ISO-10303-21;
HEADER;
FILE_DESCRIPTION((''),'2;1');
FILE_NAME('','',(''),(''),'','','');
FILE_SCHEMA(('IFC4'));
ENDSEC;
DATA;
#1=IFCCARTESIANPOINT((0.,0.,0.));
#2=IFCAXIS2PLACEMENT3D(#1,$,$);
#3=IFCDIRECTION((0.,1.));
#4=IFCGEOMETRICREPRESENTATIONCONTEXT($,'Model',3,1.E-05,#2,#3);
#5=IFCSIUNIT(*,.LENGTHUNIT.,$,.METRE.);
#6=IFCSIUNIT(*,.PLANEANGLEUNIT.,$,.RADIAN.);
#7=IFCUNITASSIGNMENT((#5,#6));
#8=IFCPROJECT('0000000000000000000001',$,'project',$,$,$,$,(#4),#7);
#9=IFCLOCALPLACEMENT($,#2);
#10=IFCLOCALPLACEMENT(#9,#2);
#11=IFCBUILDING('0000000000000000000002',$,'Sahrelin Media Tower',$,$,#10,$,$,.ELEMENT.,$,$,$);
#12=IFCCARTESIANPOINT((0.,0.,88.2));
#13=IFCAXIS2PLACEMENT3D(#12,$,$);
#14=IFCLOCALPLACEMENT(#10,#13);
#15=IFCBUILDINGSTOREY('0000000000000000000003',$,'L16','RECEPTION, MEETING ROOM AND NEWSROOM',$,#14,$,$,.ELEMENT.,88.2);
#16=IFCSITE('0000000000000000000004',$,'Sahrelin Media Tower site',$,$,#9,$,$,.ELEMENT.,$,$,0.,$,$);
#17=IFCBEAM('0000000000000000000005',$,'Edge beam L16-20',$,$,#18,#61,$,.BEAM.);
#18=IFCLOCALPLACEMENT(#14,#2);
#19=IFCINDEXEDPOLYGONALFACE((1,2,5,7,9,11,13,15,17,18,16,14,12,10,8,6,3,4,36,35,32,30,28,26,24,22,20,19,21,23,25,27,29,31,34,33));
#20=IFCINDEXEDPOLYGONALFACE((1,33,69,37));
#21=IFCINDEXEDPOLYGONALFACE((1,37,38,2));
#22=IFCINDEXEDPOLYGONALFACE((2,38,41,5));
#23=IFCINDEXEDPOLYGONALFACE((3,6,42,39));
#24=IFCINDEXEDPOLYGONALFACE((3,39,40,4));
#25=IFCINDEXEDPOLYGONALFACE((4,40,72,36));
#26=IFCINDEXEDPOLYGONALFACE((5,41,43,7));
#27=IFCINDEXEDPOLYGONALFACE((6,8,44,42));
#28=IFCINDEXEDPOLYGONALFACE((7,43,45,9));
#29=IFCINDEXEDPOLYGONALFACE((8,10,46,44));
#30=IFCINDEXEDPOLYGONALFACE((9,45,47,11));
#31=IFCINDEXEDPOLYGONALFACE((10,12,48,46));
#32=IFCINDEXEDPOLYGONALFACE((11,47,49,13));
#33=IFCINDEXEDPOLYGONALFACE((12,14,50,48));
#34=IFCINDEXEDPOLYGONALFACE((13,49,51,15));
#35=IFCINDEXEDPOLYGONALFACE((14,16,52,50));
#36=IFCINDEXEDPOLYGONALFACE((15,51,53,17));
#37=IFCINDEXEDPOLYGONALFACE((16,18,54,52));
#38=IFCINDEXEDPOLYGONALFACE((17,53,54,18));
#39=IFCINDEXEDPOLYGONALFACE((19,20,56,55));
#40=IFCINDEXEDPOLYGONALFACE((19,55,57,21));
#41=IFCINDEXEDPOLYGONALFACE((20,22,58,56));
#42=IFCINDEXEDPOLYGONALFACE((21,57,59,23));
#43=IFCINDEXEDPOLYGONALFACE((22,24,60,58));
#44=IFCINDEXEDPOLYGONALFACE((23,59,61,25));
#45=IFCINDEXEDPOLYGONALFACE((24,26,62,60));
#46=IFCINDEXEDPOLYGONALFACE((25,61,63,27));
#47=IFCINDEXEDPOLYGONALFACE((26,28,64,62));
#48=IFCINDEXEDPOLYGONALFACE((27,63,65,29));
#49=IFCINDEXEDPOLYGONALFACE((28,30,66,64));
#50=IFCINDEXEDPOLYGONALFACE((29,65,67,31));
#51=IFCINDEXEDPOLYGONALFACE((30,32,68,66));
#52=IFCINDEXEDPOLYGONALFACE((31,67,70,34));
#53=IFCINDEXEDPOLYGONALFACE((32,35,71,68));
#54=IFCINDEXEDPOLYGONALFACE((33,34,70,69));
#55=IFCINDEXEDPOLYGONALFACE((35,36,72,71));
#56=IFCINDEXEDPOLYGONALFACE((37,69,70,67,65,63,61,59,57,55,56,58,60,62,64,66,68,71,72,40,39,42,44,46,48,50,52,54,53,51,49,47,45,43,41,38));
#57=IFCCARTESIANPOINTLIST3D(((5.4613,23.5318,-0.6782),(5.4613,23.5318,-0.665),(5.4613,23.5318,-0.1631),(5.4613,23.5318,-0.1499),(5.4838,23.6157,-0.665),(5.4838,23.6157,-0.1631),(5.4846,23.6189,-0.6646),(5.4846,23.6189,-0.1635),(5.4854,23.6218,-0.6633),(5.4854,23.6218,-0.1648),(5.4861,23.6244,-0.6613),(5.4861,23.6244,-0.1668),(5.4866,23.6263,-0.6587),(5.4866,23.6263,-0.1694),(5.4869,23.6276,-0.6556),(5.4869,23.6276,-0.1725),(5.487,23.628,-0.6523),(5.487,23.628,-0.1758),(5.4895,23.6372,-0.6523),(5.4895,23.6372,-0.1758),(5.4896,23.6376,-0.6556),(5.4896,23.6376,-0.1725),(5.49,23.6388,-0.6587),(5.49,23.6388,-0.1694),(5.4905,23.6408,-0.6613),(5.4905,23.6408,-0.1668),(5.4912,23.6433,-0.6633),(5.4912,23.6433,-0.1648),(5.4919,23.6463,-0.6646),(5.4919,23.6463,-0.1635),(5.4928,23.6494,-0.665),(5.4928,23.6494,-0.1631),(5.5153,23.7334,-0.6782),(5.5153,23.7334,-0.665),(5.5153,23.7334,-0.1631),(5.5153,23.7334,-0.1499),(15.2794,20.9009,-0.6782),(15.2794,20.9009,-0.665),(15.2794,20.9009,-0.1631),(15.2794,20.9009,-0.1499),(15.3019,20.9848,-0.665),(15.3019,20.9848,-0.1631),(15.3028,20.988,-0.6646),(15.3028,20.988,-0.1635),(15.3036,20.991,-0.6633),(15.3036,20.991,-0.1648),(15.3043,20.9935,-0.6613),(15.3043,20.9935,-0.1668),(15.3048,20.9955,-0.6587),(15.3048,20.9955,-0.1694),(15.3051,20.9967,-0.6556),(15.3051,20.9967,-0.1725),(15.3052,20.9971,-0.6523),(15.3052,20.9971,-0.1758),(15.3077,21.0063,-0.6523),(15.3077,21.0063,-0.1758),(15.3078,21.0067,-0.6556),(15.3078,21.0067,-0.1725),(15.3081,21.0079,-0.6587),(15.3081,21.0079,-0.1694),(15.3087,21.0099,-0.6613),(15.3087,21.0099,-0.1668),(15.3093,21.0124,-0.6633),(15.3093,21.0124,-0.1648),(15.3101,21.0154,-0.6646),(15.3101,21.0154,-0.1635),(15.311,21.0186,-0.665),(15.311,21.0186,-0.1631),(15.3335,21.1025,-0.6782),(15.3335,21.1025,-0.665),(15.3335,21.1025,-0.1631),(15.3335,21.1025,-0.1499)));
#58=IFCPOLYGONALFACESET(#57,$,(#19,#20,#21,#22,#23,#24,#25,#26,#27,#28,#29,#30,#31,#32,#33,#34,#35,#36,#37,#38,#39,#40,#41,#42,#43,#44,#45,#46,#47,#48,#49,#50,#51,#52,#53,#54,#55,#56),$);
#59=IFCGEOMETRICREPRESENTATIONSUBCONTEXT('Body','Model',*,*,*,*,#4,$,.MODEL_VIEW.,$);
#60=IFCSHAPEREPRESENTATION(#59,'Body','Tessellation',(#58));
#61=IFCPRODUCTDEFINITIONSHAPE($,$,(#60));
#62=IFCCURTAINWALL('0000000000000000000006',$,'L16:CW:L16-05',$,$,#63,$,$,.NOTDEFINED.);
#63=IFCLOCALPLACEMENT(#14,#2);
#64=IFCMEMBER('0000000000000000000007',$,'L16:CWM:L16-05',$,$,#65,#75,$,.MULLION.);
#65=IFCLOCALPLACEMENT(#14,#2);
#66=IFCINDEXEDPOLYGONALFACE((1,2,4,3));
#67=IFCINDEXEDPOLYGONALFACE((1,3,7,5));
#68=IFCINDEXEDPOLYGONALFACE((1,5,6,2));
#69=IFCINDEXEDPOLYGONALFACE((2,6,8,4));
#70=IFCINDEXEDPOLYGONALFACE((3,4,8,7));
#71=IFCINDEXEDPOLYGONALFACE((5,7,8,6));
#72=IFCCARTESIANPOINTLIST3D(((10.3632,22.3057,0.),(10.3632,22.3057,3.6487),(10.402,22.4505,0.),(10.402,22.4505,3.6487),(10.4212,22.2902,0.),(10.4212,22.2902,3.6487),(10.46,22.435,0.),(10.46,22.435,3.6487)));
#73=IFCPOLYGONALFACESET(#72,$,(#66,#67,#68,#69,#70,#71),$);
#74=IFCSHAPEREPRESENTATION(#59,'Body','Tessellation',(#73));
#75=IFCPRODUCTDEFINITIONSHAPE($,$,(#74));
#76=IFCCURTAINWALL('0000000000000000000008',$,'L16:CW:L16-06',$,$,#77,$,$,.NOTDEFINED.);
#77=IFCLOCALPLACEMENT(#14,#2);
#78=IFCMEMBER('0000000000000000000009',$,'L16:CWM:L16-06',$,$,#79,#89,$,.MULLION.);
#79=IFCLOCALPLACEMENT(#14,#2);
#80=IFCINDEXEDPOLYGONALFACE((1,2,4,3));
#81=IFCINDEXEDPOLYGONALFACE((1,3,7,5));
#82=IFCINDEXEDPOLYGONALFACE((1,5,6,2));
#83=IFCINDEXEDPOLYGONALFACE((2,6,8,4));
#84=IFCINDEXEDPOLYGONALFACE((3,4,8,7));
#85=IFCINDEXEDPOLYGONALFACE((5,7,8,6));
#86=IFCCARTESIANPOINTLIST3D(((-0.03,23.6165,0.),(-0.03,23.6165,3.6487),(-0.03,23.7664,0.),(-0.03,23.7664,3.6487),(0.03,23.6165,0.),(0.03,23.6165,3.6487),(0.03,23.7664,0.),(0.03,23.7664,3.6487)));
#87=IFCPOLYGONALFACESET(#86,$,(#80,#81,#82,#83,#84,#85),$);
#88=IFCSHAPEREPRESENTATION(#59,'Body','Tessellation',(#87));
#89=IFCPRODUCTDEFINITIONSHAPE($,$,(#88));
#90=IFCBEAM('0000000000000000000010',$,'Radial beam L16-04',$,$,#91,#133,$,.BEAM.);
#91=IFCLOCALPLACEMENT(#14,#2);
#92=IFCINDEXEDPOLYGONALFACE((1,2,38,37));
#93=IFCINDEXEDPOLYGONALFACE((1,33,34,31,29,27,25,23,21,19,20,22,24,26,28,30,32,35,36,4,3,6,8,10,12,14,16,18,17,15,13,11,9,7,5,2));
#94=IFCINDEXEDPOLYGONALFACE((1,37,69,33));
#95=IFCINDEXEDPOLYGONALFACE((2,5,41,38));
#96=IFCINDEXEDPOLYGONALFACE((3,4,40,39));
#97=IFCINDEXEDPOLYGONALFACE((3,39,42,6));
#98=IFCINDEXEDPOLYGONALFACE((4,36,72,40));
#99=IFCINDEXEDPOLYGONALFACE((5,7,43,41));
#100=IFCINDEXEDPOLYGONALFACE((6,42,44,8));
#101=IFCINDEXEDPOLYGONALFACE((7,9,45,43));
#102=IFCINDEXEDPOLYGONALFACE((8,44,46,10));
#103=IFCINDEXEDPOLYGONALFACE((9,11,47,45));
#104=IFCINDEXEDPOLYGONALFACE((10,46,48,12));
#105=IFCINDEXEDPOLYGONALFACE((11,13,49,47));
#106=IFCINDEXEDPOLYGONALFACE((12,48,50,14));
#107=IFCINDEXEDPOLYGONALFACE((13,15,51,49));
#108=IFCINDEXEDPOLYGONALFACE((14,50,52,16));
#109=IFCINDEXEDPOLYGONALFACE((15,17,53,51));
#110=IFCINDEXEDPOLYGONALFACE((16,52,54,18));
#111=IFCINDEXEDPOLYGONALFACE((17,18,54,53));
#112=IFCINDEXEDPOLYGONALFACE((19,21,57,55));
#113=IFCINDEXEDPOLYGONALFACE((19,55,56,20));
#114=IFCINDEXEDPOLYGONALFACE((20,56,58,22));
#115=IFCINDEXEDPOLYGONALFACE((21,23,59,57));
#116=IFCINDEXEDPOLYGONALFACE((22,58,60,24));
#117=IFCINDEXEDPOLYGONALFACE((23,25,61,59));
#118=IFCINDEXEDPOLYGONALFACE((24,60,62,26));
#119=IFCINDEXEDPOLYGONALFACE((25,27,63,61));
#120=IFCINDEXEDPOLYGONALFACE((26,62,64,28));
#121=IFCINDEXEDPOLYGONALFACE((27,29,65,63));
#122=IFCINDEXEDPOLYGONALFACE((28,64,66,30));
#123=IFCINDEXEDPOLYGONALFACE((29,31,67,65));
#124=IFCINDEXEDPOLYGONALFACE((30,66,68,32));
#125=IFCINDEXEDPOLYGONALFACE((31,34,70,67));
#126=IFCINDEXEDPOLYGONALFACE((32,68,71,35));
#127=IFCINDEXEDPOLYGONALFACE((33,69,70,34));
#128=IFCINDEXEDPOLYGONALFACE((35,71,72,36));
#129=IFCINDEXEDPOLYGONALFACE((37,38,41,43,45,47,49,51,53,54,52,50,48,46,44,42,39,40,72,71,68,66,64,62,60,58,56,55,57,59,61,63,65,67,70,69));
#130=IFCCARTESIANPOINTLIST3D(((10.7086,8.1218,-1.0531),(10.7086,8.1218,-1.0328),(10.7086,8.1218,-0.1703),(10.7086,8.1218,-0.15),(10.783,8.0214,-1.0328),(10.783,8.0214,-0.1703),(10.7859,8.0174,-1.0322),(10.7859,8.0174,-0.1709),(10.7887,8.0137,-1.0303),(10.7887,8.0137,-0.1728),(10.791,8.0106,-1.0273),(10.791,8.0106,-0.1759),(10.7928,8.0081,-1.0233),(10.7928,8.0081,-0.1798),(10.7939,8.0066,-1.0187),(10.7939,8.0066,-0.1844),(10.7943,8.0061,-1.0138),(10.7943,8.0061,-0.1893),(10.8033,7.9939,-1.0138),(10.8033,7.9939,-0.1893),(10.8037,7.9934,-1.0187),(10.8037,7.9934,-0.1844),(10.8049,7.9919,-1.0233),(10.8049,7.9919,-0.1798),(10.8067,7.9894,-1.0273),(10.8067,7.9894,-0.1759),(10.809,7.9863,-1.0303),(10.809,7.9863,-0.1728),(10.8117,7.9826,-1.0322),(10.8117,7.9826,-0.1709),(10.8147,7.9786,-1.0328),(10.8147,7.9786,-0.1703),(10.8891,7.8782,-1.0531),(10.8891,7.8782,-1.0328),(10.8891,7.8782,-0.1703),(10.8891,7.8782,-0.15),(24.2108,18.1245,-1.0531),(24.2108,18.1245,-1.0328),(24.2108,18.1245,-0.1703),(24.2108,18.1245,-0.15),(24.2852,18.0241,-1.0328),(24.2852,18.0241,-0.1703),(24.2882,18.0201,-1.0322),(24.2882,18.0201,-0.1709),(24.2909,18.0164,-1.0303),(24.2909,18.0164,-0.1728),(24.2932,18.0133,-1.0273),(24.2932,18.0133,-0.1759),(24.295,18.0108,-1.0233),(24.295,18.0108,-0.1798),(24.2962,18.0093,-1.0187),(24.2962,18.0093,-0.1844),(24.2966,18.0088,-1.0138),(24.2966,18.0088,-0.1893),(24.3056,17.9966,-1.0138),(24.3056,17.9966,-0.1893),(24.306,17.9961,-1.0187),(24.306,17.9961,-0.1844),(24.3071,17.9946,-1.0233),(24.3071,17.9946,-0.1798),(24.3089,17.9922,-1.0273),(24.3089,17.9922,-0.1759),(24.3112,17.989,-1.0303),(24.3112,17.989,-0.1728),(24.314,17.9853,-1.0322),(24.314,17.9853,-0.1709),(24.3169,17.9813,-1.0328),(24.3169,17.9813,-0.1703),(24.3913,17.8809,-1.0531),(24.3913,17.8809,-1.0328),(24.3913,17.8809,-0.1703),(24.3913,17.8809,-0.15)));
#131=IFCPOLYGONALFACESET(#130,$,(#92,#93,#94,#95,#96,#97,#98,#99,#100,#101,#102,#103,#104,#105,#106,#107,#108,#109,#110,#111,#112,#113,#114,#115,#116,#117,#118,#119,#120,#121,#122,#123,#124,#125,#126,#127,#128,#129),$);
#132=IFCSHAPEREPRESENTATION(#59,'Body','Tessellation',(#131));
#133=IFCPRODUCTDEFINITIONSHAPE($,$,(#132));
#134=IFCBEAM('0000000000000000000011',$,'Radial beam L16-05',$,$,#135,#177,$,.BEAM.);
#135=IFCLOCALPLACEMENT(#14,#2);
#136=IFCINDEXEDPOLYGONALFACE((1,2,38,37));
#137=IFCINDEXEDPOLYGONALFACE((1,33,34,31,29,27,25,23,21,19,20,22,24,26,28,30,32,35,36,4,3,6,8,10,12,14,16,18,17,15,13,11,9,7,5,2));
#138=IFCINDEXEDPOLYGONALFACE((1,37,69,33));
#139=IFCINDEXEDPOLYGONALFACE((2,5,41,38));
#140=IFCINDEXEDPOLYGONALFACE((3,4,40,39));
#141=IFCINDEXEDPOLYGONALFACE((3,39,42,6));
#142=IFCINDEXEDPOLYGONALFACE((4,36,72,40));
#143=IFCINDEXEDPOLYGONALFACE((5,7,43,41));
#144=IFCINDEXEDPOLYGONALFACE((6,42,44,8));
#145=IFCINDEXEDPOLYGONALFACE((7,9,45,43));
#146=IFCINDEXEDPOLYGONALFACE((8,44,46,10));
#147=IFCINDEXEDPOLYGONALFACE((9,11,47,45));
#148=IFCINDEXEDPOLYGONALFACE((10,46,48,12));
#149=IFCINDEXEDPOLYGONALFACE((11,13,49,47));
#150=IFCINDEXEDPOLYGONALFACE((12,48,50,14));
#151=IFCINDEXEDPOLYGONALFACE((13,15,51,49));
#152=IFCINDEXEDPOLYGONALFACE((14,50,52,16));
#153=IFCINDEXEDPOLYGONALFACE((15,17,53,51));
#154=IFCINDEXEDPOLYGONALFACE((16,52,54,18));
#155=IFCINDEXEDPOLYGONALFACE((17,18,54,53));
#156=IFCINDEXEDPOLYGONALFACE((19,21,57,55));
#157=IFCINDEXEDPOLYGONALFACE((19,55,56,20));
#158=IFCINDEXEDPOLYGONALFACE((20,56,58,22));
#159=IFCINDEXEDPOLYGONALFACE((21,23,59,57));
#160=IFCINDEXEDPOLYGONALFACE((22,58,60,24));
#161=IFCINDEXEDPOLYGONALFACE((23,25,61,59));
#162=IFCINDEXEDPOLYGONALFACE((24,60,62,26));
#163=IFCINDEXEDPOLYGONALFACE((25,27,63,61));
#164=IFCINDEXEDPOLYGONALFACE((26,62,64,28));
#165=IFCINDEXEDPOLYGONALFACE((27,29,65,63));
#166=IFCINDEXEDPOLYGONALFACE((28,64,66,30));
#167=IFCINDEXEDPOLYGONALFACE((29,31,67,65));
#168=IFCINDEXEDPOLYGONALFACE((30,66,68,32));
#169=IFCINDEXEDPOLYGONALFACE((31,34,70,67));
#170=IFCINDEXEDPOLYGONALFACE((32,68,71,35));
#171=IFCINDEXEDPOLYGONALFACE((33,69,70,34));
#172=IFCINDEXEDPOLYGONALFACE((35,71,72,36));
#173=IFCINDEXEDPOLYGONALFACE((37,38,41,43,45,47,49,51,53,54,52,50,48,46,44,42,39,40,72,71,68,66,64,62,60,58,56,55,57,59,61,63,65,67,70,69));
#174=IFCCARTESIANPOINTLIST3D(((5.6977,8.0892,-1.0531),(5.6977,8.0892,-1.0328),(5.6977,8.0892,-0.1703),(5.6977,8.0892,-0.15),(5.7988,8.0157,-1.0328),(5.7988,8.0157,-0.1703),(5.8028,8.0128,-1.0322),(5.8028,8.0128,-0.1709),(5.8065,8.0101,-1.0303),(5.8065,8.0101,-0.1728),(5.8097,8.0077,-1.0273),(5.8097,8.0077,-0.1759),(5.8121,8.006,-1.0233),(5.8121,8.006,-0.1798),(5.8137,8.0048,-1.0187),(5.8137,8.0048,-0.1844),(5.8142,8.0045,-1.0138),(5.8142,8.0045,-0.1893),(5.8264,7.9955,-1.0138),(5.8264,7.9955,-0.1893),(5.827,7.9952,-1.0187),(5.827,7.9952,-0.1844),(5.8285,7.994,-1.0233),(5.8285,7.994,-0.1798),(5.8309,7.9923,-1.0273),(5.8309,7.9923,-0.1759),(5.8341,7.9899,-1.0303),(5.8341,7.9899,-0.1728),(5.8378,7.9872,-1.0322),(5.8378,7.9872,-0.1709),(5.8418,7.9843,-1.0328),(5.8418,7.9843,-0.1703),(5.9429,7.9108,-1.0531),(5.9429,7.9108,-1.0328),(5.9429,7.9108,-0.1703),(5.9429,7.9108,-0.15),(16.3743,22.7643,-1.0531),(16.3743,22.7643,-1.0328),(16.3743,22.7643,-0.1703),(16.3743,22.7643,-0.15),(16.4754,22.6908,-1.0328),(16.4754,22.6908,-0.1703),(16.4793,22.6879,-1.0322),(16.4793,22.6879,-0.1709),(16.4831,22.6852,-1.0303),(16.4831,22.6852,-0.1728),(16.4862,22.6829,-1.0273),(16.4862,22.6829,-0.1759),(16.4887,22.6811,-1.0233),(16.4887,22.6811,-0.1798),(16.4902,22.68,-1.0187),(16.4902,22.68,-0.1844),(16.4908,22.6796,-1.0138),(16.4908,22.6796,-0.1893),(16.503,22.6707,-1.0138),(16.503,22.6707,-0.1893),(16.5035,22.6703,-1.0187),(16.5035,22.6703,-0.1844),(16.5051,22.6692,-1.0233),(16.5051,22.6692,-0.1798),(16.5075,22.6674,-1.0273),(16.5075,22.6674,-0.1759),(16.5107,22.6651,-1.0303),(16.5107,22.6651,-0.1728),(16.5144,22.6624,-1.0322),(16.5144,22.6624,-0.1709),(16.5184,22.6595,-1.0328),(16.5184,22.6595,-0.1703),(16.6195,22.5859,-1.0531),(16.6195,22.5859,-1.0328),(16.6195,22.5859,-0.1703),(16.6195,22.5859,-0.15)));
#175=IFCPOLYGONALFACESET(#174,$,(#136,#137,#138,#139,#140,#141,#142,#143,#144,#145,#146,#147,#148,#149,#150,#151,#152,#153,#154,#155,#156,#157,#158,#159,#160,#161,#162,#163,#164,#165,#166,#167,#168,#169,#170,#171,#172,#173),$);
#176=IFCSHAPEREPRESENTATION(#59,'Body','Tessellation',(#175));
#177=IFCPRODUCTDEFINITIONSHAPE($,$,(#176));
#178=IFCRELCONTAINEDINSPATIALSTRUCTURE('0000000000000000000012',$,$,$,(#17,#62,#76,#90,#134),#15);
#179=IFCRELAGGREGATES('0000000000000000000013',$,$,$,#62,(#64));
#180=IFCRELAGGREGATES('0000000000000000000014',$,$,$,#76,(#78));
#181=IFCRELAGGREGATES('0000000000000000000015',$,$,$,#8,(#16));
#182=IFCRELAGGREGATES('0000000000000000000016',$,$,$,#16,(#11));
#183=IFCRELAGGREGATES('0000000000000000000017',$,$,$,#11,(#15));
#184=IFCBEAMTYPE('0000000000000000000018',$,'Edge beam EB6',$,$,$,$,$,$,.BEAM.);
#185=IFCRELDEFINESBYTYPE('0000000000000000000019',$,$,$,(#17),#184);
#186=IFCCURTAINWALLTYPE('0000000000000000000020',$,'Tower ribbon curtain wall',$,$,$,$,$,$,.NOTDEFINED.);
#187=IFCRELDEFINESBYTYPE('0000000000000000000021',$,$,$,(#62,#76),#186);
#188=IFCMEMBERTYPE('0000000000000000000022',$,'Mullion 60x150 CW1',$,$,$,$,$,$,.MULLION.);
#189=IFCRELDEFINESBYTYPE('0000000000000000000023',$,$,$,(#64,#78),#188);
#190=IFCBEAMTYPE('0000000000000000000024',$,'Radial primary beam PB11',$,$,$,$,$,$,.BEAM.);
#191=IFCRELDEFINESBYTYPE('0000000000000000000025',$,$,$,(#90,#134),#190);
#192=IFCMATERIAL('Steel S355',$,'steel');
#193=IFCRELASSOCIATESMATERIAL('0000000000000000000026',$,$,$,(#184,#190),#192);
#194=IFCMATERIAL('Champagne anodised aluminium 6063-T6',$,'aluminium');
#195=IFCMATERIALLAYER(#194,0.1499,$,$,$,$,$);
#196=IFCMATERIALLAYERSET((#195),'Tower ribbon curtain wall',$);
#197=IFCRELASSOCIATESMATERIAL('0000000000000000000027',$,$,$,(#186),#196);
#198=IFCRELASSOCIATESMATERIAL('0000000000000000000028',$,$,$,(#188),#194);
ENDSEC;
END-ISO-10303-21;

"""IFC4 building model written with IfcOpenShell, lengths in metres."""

from ifc_helpers import new_model, si_unit, direction, frame, origin, origin_2d, place, context, subcontext, project, spatial, rectangle, i_section, extrude, material, layer, layer_set, material_profile, profile_set, type_object, element, aggregate, save


model = new_model("IFC4")

# Units and contexts
model_context = context("Model", 3, precision=1e-05, world=origin(), true_north=direction((0.0, 1.0)))
body_context = subcontext(model_context, "Body", "Model", "MODEL_VIEW")
ifc_project = project(units=[si_unit("LENGTHUNIT", "METRE"), si_unit("PLANEANGLEUNIT", "RADIAN")], contexts=[model_context])

# Site, building, storey
site_placement = place(None, origin())
site = spatial("IfcSite", under=ifc_project, at=site_placement, Name="Sahrelin Media Tower site", CompositionType="ELEMENT", RefElevation=0.0)
building_placement = place(site_placement, origin())
building = spatial("IfcBuilding", under=site, at=building_placement, Name="Sahrelin Media Tower", CompositionType="ELEMENT")
storey_placement = place(building_placement, frame((0.0, 0.0, 88.2)))
storey = spatial("IfcBuildingStorey", under=building, at=storey_placement, Name="L16", Description="RECEPTION, MEETING ROOM AND NEWSROOM", CompositionType="ELEMENT", Elevation=88.2)

# Beam
ifc_material_1 = material(Name="Steel S355", Category="steel")
ifc_material_profile_1 = material_profile(ifc_material_1, i_section(OverallWidth=0.2087, OverallDepth=0.5283, WebThickness=0.0095, FlangeThickness=0.0132, FilletRadius=0.0127, at=origin_2d()), Name="UB 533x210x82")
ifc_profile_set_1 = profile_set([ifc_material_profile_1], Name="Steel S355")
beam_type_1 = type_object("IfcBeamType", Name="Edge beam EB6", PredefinedType="BEAM", material=ifc_profile_set_1)
beam_1_placement = place(storey_placement, frame((5.4883, 23.6326, -0.4141), z_axis=(0.965923, -0.258829, 0.0), x_axis=(0.258829, 0.965923, 0.0)))
element("IfcBeam", 1, at=beam_1_placement, inside=storey, type_object=beam_type_1, Name="Edge beam L16-20", PredefinedType="BEAM", context=body_context, shape_type="SweptSolid", body=[
    extrude(i_section(OverallWidth=0.2087, OverallDepth=0.5283, WebThickness=0.0095, FlangeThickness=0.0132, FilletRadius=0.0127, at=origin_2d()), origin(), (0.0, 0.0, 1.0), 10.1646),
])

# Curtain walls, members
ifc_material_2 = material(Name="Champagne anodised aluminium 6063-T6", Category="aluminium")
ifc_layer_1 = layer(ifc_material_2, 0.1499)
ifc_layer_set_1 = layer_set([ifc_layer_1], Name="Tower ribbon curtain wall")
curtain_wall_type = type_object("IfcCurtainWallType", Name="Tower ribbon curtain wall", PredefinedType="NOTDEFINED", material=ifc_layer_set_1)
curtain_wall_1_placement = place(storey_placement, frame((10.4363, 22.4619, 0.0), z_axis=(0.0, 0.0, 1.0), x_axis=(1.0, 0.0, 0.0)))
curtain_wall_1 = element("IfcCurtainWall", 2, at=curtain_wall_1_placement, inside=storey, type_object=curtain_wall_type, Name="L16:CW:L16-05", PredefinedType="NOTDEFINED")
ifc_material_profile_2 = material_profile(ifc_material_2, rectangle(XDim=0.0601, YDim=0.1499, at=origin_2d()), Name="Mullion 60x150")
ifc_profile_set_2 = profile_set([ifc_material_profile_2], Name="Champagne anodised aluminium 6063-T6")
member_type_1 = type_object("IfcMemberType", Name="Mullion 60x150 CW1", PredefinedType="MULLION", material=ifc_profile_set_2)
member_1_placement = place(storey_placement, frame((10.4116, 22.3704, 0.0), z_axis=(0.0, 0.0, 1.0), x_axis=(-0.965926, 0.258817, 0.0)))
member_1 = element("IfcMember", 3, at=member_1_placement, type_object=member_type_1, Name="L16:CWM:L16-05", PredefinedType="MULLION", context=body_context, shape_type="SweptSolid", body=[
    extrude(rectangle(XDim=0.0601, YDim=0.1499, at=origin_2d()), origin(), (0.0, 0.0, 1.0), 3.6487),
])
aggregate(curtain_wall_1, [member_1])
placement_1 = place(storey_placement, frame((0.0, 23.7864, 0.0), z_axis=(0.0, 0.0, 1.0), x_axis=(1.0, 0.0, 0.0)))
curtain_wall_2 = element("IfcCurtainWall", 4, at=placement_1, inside=storey, type_object=curtain_wall_type, Name="L16:CW:L16-06", PredefinedType="NOTDEFINED")
member_2_placement = place(storey_placement, frame((0.0, 23.6914, 0.0), z_axis=(0.0, 0.0, 1.0), x_axis=(-1.0, 0.0, 0.0)))
member_2 = element("IfcMember", 5, at=member_2_placement, type_object=member_type_1, Name="L16:CWM:L16-06", PredefinedType="MULLION", context=body_context, shape_type="SweptSolid", body=[
    extrude(rectangle(XDim=0.0601, YDim=0.1499, at=origin_2d()), origin(), (0.0, 0.0, 1.0), 3.6487),
])

# Beams
ifc_material_profile_3 = material_profile(ifc_material_1, i_section(OverallWidth=0.3032, OverallDepth=0.9031, WebThickness=0.0151, FlangeThickness=0.0203, FilletRadius=0.019, at=origin_2d()), Name="UB 914x305x201")
ifc_profile_set_3 = profile_set([ifc_material_profile_3], Name="Steel S355")
beam_type_2 = type_object("IfcBeamType", Name="Radial primary beam PB11", PredefinedType="BEAM", material=ifc_profile_set_3)
beam_2_placement = place(storey_placement, frame((10.7988, 8.0, -0.6016), z_axis=(0.803527, 0.595268, 0.0), x_axis=(-0.595268, 0.803527, 0.0)))
element("IfcBeam", 6, at=beam_2_placement, inside=storey, type_object=beam_type_2, Name="Radial beam L16-04", PredefinedType="BEAM", context=body_context, shape_type="SweptSolid", body=[
    extrude(i_section(OverallWidth=0.3032, OverallDepth=0.9031, WebThickness=0.0151, FlangeThickness=0.0203, FilletRadius=0.019, at=origin_2d()), origin(), (0.0, 0.0, 1.0), 16.8037),
])
beam_3_placement = place(storey_placement, frame((5.8203, 8.0, -0.6016), z_axis=(0.588307, 0.808638, 0.0), x_axis=(-0.808638, 0.588307, 0.0)))
element("IfcBeam", 7, at=beam_3_placement, inside=storey, type_object=beam_type_2, Name="Radial beam L16-05", PredefinedType="BEAM", context=body_context, shape_type="SweptSolid", body=[
    extrude(i_section(OverallWidth=0.3032, OverallDepth=0.9031, WebThickness=0.0151, FlangeThickness=0.0203, FilletRadius=0.019, at=origin_2d()), origin(), (0.0, 0.0, 1.0), 18.1479),
])

aggregate(curtain_wall_2, [member_2])

save(model, "model.ifc")
